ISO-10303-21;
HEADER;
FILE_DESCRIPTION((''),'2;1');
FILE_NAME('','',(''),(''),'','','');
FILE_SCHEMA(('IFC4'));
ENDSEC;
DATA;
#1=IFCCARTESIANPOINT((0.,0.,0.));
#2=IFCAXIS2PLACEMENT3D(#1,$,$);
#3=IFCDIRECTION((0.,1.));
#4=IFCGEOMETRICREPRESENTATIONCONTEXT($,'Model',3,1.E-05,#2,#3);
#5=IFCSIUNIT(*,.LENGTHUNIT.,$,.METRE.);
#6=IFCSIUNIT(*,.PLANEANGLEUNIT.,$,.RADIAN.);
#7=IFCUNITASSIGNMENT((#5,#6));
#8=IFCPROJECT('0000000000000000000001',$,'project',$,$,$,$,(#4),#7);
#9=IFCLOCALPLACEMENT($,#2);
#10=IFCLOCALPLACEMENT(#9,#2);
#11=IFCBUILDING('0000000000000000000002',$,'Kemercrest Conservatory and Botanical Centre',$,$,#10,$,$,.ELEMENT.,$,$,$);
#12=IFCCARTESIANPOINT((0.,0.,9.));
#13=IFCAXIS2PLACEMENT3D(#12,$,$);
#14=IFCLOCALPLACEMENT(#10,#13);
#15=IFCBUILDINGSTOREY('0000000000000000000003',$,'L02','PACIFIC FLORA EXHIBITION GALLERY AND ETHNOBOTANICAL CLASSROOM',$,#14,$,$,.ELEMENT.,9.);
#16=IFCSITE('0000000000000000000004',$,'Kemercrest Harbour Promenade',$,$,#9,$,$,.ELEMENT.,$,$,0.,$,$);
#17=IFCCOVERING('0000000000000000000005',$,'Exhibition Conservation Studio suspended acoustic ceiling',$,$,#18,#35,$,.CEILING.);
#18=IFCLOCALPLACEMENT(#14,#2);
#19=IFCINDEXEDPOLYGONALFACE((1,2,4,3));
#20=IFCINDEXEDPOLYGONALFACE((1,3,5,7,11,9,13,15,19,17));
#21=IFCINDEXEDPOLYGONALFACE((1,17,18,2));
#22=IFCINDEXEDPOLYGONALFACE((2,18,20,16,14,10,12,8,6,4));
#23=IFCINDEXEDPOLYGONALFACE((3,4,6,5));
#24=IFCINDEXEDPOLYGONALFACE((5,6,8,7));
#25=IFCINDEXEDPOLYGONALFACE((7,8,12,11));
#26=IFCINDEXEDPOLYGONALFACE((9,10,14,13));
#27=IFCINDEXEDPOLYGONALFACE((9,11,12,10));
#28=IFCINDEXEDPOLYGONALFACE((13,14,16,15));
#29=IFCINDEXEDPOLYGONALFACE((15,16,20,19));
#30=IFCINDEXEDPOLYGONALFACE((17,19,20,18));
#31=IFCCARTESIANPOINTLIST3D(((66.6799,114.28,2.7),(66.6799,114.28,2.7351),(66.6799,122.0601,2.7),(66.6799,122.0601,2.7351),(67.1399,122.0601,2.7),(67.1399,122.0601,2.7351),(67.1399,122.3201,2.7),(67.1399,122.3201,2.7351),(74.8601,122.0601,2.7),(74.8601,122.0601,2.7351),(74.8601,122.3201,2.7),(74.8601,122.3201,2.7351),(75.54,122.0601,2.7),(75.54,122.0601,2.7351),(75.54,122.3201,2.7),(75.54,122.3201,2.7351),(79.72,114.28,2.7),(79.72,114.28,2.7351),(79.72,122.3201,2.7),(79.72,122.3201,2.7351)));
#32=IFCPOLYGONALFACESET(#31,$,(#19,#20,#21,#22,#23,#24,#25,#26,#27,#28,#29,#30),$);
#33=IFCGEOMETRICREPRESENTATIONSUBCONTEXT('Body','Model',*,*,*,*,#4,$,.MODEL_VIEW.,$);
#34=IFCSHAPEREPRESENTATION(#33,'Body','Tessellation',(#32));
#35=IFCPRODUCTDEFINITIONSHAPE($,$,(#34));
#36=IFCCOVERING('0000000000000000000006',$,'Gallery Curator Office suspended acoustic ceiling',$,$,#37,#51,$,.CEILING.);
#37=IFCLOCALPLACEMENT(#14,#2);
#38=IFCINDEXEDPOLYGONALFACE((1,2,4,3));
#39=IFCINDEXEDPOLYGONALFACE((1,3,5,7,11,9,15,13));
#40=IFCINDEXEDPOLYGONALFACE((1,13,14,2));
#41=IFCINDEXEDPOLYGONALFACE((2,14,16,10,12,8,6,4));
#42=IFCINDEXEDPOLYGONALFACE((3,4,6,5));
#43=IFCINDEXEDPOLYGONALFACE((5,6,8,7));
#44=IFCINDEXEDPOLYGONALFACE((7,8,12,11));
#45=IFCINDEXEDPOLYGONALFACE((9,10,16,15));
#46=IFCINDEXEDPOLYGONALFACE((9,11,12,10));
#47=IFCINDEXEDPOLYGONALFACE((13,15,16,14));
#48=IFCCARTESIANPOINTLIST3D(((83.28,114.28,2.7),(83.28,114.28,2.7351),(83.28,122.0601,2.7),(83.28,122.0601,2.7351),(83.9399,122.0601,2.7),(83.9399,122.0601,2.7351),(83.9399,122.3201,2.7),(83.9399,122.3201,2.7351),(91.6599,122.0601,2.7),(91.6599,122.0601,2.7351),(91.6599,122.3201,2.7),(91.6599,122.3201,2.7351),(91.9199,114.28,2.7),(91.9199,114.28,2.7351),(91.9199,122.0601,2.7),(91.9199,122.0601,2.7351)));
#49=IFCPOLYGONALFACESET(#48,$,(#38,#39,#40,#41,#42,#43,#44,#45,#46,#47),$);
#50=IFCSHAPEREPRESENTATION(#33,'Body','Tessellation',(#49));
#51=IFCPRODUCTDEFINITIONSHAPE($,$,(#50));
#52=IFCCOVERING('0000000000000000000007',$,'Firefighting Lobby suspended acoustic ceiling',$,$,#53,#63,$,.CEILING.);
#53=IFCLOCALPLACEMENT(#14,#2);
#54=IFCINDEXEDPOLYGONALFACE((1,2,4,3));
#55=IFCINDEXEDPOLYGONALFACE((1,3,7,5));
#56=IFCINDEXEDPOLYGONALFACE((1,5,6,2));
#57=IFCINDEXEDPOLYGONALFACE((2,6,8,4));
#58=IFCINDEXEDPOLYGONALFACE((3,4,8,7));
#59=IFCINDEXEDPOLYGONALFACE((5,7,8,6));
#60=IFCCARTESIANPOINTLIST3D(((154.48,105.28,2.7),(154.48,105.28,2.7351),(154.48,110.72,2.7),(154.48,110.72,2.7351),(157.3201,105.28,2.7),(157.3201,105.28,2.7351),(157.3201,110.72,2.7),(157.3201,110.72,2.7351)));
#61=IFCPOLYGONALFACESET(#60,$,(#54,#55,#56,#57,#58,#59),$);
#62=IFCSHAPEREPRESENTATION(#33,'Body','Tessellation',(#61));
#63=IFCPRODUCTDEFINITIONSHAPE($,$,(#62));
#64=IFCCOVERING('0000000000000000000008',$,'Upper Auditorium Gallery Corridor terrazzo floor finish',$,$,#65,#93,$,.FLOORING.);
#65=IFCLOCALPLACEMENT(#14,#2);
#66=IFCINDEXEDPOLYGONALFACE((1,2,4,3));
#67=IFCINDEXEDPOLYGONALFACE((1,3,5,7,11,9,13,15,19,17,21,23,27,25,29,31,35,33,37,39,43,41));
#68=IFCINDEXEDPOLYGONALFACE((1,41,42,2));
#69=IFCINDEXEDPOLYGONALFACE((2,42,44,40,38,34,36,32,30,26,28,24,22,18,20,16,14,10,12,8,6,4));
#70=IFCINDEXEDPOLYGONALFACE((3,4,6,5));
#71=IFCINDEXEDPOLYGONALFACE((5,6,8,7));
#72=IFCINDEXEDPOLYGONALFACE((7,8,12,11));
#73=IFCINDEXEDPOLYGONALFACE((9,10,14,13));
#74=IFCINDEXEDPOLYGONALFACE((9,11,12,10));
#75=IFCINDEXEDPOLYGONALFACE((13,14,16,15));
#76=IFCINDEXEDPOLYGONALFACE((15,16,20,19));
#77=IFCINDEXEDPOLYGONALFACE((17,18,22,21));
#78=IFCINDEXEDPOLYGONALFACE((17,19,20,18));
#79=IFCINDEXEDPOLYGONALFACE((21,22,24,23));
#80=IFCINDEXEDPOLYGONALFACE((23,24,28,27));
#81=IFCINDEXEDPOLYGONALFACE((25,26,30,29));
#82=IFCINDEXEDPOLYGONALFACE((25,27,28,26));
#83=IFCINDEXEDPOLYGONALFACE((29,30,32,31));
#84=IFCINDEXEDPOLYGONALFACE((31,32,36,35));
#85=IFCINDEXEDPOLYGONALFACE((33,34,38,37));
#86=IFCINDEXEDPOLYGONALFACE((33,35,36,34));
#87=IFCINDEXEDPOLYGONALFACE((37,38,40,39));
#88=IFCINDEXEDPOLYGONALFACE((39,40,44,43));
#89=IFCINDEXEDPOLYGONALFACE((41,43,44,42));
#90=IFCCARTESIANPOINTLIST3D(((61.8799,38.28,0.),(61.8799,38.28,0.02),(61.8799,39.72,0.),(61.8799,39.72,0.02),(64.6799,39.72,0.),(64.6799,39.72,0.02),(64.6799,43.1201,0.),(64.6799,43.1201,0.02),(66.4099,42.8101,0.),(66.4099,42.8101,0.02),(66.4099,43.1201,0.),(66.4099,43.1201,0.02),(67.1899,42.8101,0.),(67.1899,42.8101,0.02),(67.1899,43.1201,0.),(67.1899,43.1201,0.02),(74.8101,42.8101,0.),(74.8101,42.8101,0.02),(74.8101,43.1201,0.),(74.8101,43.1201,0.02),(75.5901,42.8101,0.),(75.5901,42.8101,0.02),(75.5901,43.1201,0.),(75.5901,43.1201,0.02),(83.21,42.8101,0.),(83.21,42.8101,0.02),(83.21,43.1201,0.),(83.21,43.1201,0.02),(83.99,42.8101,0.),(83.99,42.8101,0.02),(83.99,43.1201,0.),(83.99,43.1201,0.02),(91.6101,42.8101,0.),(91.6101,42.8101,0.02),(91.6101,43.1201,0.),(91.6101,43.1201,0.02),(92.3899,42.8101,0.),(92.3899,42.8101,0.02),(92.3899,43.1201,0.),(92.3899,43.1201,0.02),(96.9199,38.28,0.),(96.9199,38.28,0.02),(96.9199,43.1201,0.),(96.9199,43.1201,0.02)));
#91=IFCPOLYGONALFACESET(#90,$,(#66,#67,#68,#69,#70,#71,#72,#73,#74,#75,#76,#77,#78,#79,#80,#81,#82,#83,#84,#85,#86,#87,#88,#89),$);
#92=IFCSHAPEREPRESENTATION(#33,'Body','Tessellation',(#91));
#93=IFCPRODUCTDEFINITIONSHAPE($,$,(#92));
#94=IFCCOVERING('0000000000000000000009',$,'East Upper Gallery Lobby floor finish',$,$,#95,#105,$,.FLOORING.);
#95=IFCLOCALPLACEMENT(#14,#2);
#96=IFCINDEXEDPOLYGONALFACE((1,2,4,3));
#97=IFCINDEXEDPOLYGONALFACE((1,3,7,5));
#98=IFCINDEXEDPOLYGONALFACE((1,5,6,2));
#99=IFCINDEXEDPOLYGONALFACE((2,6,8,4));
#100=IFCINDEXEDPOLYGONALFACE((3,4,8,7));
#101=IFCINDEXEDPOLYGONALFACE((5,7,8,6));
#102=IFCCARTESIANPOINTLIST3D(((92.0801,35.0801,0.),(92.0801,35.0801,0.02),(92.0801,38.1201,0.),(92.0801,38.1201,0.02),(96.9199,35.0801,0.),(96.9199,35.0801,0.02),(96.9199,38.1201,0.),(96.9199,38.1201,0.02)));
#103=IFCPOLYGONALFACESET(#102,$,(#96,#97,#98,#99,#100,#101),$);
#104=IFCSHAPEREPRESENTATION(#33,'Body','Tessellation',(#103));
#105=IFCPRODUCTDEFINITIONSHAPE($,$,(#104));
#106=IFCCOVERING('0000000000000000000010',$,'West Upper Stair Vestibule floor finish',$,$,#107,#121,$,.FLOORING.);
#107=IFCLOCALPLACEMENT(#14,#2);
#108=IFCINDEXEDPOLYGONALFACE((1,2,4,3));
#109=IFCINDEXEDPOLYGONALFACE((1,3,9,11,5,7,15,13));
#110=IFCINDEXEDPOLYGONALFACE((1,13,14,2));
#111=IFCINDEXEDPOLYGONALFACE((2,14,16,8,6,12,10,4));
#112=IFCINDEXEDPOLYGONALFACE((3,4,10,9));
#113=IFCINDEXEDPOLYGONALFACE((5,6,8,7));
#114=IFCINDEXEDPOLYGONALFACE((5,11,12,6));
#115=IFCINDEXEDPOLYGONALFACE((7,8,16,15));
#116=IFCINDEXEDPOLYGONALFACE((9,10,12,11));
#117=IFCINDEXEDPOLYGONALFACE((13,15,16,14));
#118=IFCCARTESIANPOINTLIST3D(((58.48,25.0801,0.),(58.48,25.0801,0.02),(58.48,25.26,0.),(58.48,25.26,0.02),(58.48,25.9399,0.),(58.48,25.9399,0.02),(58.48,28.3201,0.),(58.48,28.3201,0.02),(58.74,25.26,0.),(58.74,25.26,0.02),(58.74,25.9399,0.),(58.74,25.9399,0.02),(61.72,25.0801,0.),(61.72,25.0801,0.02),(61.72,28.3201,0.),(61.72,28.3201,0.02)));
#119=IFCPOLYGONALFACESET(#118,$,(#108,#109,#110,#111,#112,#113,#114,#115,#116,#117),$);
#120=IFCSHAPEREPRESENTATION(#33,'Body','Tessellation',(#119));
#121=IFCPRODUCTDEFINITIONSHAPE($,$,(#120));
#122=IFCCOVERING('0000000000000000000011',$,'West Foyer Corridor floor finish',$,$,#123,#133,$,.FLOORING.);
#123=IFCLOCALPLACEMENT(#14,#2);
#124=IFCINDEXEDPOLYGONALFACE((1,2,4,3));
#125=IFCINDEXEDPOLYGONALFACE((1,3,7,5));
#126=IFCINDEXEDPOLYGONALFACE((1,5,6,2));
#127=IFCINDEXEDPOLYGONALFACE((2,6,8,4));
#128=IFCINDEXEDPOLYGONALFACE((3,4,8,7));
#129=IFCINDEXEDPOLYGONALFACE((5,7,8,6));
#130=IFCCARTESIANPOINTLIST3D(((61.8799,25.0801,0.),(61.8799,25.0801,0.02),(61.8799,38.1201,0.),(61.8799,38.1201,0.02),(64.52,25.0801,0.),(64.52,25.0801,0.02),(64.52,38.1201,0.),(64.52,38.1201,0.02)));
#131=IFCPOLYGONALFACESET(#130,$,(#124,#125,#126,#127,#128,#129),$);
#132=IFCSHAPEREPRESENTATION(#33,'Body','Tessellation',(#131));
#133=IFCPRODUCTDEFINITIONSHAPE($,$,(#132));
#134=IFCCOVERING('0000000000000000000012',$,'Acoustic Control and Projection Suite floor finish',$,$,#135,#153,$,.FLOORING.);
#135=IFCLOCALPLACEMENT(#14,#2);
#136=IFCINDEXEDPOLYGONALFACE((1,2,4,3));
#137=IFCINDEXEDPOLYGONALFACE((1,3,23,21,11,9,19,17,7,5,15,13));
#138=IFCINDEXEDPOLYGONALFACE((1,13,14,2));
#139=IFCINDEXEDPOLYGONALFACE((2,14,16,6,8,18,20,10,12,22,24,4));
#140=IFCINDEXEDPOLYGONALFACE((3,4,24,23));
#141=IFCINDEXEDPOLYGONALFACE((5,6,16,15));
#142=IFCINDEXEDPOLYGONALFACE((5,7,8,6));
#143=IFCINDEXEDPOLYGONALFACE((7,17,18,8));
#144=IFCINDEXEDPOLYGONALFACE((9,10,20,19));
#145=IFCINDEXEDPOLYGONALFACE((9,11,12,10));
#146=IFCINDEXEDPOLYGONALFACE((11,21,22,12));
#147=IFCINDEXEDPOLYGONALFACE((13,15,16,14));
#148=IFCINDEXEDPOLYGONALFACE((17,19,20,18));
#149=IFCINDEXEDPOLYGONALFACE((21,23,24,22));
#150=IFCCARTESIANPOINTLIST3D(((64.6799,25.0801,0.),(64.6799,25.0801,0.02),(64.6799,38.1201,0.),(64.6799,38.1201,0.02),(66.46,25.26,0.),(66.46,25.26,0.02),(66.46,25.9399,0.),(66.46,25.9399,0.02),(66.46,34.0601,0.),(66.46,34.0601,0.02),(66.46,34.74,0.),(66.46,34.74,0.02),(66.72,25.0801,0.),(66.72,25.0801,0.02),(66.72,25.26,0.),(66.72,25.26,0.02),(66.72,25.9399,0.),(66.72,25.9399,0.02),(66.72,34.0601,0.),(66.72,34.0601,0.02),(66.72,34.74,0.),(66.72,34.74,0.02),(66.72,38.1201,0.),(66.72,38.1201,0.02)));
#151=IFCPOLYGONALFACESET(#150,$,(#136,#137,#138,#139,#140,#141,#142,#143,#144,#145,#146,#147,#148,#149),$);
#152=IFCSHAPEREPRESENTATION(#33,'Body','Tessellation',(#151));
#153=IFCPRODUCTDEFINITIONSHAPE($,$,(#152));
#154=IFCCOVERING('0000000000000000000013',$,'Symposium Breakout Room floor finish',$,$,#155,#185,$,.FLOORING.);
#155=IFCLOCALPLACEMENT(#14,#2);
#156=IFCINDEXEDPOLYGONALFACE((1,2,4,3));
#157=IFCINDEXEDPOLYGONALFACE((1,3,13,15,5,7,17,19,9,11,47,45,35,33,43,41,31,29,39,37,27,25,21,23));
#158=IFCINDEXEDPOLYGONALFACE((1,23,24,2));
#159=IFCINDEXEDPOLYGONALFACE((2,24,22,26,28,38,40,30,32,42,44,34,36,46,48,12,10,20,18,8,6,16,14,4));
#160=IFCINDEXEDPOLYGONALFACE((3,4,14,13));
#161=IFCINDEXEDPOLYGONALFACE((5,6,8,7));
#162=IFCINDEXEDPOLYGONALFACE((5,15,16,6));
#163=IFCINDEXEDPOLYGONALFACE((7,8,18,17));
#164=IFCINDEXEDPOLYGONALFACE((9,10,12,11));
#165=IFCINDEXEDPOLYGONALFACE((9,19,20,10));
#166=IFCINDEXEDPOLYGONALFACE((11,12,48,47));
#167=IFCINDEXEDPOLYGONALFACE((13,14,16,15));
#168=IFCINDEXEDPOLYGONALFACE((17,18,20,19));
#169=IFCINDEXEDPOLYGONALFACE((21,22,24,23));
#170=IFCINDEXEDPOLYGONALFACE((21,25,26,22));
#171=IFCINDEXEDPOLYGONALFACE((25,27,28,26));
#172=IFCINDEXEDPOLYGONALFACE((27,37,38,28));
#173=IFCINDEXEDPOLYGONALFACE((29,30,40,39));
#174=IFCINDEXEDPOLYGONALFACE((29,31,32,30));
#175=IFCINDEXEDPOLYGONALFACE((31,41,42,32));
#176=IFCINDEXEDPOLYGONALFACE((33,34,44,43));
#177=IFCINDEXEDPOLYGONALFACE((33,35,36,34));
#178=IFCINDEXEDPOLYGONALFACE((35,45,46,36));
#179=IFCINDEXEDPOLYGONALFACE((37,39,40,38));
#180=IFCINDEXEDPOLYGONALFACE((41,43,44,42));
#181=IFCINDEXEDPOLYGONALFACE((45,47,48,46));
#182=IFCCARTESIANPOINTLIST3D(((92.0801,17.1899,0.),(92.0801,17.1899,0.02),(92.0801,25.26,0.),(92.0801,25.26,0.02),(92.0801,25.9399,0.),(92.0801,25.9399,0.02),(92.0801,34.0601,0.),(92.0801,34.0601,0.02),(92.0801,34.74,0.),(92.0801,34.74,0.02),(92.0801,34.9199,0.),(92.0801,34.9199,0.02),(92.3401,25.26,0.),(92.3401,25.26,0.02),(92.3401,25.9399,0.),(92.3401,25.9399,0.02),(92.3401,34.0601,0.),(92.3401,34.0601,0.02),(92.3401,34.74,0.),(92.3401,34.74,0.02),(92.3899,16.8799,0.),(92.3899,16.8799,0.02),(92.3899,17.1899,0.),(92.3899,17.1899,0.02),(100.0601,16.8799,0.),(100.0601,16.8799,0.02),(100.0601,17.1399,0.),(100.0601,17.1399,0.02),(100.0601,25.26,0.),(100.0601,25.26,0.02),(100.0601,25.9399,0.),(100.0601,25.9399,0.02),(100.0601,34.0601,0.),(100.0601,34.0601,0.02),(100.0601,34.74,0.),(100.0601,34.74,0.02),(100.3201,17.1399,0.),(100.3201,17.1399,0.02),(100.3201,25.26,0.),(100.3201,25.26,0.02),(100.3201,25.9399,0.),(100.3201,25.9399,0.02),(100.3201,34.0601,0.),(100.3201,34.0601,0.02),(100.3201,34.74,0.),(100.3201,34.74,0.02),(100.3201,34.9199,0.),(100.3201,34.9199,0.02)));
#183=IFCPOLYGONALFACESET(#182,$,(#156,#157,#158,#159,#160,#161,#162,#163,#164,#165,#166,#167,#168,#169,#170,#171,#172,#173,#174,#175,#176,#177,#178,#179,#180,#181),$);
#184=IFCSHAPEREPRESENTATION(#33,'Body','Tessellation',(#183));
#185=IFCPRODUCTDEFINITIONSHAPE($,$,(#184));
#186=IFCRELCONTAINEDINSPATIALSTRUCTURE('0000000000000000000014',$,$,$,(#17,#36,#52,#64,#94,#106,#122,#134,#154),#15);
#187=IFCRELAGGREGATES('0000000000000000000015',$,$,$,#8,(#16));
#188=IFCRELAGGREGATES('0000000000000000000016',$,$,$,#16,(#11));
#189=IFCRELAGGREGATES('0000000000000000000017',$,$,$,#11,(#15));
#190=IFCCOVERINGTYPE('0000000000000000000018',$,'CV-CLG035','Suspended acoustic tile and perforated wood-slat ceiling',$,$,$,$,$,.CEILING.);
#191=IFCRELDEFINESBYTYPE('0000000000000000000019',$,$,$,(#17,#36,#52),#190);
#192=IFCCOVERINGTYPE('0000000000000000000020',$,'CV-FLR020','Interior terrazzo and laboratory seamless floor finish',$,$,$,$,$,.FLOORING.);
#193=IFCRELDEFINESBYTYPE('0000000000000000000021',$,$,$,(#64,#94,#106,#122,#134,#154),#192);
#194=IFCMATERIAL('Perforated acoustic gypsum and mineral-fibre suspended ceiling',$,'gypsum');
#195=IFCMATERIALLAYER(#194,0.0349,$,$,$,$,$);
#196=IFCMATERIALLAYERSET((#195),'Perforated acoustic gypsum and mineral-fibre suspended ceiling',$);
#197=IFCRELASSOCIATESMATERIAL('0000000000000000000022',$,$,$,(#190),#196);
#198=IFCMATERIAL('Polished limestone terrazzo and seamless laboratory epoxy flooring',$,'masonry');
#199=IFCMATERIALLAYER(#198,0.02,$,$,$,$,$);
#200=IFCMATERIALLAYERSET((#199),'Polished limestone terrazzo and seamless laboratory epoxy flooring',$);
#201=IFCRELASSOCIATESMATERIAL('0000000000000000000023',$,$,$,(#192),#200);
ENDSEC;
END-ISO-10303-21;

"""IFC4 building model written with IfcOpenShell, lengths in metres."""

from ifc_helpers import new_model, si_unit, direction, frame, origin, place, context, subcontext, project, spatial, polyline, outline, extrude, material, layer, layer_set, type_object, element, save


model = new_model("IFC4")

# Units and contexts
model_context = context("Model", 3, precision=1e-05, world=origin(), true_north=direction((0.0, 1.0)))
body_context = subcontext(model_context, "Body", "Model", "MODEL_VIEW")
ifc_project = project(units=[si_unit("LENGTHUNIT", "METRE"), si_unit("PLANEANGLEUNIT", "RADIAN")], contexts=[model_context])

# Site, building, storey
site_placement = place(None, origin())
site = spatial("IfcSite", under=ifc_project, at=site_placement, Name="Kemercrest Harbour Promenade", CompositionType="ELEMENT", RefElevation=0.0)
building_placement = place(site_placement, origin())
building = spatial("IfcBuilding", under=site, at=building_placement, Name="Kemercrest Conservatory and Botanical Centre", CompositionType="ELEMENT")
storey_placement = place(building_placement, frame((0.0, 0.0, 9.0)))
storey = spatial("IfcBuildingStorey", under=building, at=storey_placement, Name="L02", Description="PACIFIC FLORA EXHIBITION GALLERY AND ETHNOBOTANICAL CLASSROOM", CompositionType="ELEMENT", Elevation=9.0)

# Coverings
ifc_material_1 = material(Name="Perforated acoustic gypsum and mineral-fibre suspended ceiling", Category="gypsum")
ifc_layer_1 = layer(ifc_material_1, 0.0349)
ifc_layer_set_1 = layer_set([ifc_layer_1], Name="Perforated acoustic gypsum and mineral-fibre suspended ceiling")
covering_type_1 = type_object("IfcCoveringType", Name="CV-CLG035", Description="Suspended acoustic tile and perforated wood-slat ceiling", PredefinedType="CEILING", material=ifc_layer_set_1)
covering_1_placement = place(storey_placement, frame((0.0, 0.0, 2.7)))
element("IfcCovering", 1, at=covering_1_placement, inside=storey, type_object=covering_type_1, Name="Exhibition Conservation Studio suspended acoustic ceiling", PredefinedType="CEILING", context=body_context, shape_type="SweptSolid", body=[
    extrude(outline(polyline([(66.6799, 114.28), (79.72, 114.28), (79.72, 122.3201), (75.54, 122.3201), (75.54, 122.0601), (74.8601, 122.0601), (74.8601, 122.3201), (67.1399, 122.3201), (67.1399, 122.0601), (66.6799, 122.0601), (66.6799, 114.28)])), origin(), (0.0, 0.0, 1.0), 0.0352),
])
covering_2_placement = place(storey_placement, frame((0.0, 0.0, 2.7)))
element("IfcCovering", 2, at=covering_2_placement, inside=storey, type_object=covering_type_1, Name="Gallery Curator Office suspended acoustic ceiling", PredefinedType="CEILING", context=body_context, shape_type="SweptSolid", body=[
    extrude(outline(polyline([(83.28, 114.28), (91.9199, 114.28), (91.9199, 122.0601), (91.6599, 122.0601), (91.6599, 122.3201), (83.9399, 122.3201), (83.9399, 122.0601), (83.28, 122.0601), (83.28, 114.28)])), origin(), (0.0, 0.0, 1.0), 0.0352),
])
covering_3_placement = place(storey_placement, frame((0.0, 0.0, 2.7)))
element("IfcCovering", 3, at=covering_3_placement, inside=storey, type_object=covering_type_1, Name="Firefighting Lobby suspended acoustic ceiling", PredefinedType="CEILING", context=body_context, shape_type="SweptSolid", body=[
    extrude(outline(polyline([(154.48, 105.28), (157.3201, 105.28), (157.3201, 110.72), (154.48, 110.72), (154.48, 105.28)])), origin(), (0.0, 0.0, 1.0), 0.0352),
])
ifc_material_2 = material(Name="Polished limestone terrazzo and seamless laboratory epoxy flooring", Category="masonry")
ifc_layer_2 = layer(ifc_material_2, 0.02)
ifc_layer_set_2 = layer_set([ifc_layer_2], Name="Polished limestone terrazzo and seamless laboratory epoxy flooring")
covering_type_2 = type_object("IfcCoveringType", Name="CV-FLR020", Description="Interior terrazzo and laboratory seamless floor finish", PredefinedType="FLOORING", material=ifc_layer_set_2)
covering_4_placement = place(storey_placement, origin())
element("IfcCovering", 4, at=covering_4_placement, inside=storey, type_object=covering_type_2, Name="Upper Auditorium Gallery Corridor terrazzo floor finish", PredefinedType="FLOORING", context=body_context, shape_type="SweptSolid", body=[
    extrude(outline(polyline([(61.8799, 39.72), (61.8799, 38.28), (96.9199, 38.28), (96.9199, 43.1201), (92.3899, 43.1201), (92.3899, 42.8101), (91.6101, 42.8101), (91.6101, 43.1201), (83.99, 43.1201), (83.99, 42.8101), (83.21, 42.8101), (83.21, 43.1201), (75.5901, 43.1201), (75.5901, 42.8101), (74.8101, 42.8101), (74.8101, 43.1201), (67.1899, 43.1201), (67.1899, 42.8101), (66.4099, 42.8101), (66.4099, 43.1201), (64.6799, 43.1201), (64.6799, 39.72), (61.8799, 39.72)])), origin(), (0.0, 0.0, 1.0), 0.02),
])
covering_5_placement = place(storey_placement, origin())
element("IfcCovering", 5, at=covering_5_placement, inside=storey, type_object=covering_type_2, Name="East Upper Gallery Lobby floor finish", PredefinedType="FLOORING", context=body_context, shape_type="SweptSolid", body=[
    extrude(outline(polyline([(92.0801, 35.0801), (96.9199, 35.0801), (96.9199, 38.1201), (92.0801, 38.1201), (92.0801, 35.0801)])), origin(), (0.0, 0.0, 1.0), 0.02),
])
covering_6_placement = place(storey_placement, origin())
element("IfcCovering", 6, at=covering_6_placement, inside=storey, type_object=covering_type_2, Name="West Upper Stair Vestibule floor finish", PredefinedType="FLOORING", context=body_context, shape_type="SweptSolid", body=[
    extrude(outline(polyline([(58.48, 25.0801), (61.72, 25.0801), (61.72, 28.3201), (58.48, 28.3201), (58.48, 25.9399), (58.74, 25.9399), (58.74, 25.26), (58.48, 25.26), (58.48, 25.0801)])), origin(), (0.0, 0.0, 1.0), 0.02),
])
covering_7_placement = place(storey_placement, origin())
element("IfcCovering", 7, at=covering_7_placement, inside=storey, type_object=covering_type_2, Name="West Foyer Corridor floor finish", PredefinedType="FLOORING", context=body_context, shape_type="SweptSolid", body=[
    extrude(outline(polyline([(61.8799, 25.0801), (64.52, 25.0801), (64.52, 38.1201), (61.8799, 38.1201), (61.8799, 25.0801)])), origin(), (0.0, 0.0, 1.0), 0.02),
])
covering_8_placement = place(storey_placement, origin())
element("IfcCovering", 8, at=covering_8_placement, inside=storey, type_object=covering_type_2, Name="Acoustic Control and Projection Suite floor finish", PredefinedType="FLOORING", context=body_context, shape_type="SweptSolid", body=[
    extrude(outline(polyline([(64.6799, 25.0801), (66.72, 25.0801), (66.72, 25.26), (66.46, 25.26), (66.46, 25.9399), (66.72, 25.9399), (66.72, 34.0601), (66.46, 34.0601), (66.46, 34.74), (66.72, 34.74), (66.72, 38.1201), (64.6799, 38.1201), (64.6799, 25.0801)])), origin(), (0.0, 0.0, 1.0), 0.02),
])
covering_9_placement = place(storey_placement, origin())
element("IfcCovering", 9, at=covering_9_placement, inside=storey, type_object=covering_type_2, Name="Symposium Breakout Room floor finish", PredefinedType="FLOORING", context=body_context, shape_type="SweptSolid", body=[
    extrude(outline(polyline([(92.3899, 16.8799), (100.0601, 16.8799), (100.0601, 17.1399), (100.3201, 17.1399), (100.3201, 25.26), (100.0601, 25.26), (100.0601, 25.9399), (100.3201, 25.9399), (100.3201, 34.0601), (100.0601, 34.0601), (100.0601, 34.74), (100.3201, 34.74), (100.3201, 34.9199), (92.0801, 34.9199), (92.0801, 34.74), (92.3401, 34.74), (92.3401, 34.0601), (92.0801, 34.0601), (92.0801, 25.9399), (92.3401, 25.9399), (92.3401, 25.26), (92.0801, 25.26), (92.0801, 17.1899), (92.3899, 17.1899), (92.3899, 16.8799)])), origin(), (0.0, 0.0, 1.0), 0.02),
])

save(model, "model.ifc")
